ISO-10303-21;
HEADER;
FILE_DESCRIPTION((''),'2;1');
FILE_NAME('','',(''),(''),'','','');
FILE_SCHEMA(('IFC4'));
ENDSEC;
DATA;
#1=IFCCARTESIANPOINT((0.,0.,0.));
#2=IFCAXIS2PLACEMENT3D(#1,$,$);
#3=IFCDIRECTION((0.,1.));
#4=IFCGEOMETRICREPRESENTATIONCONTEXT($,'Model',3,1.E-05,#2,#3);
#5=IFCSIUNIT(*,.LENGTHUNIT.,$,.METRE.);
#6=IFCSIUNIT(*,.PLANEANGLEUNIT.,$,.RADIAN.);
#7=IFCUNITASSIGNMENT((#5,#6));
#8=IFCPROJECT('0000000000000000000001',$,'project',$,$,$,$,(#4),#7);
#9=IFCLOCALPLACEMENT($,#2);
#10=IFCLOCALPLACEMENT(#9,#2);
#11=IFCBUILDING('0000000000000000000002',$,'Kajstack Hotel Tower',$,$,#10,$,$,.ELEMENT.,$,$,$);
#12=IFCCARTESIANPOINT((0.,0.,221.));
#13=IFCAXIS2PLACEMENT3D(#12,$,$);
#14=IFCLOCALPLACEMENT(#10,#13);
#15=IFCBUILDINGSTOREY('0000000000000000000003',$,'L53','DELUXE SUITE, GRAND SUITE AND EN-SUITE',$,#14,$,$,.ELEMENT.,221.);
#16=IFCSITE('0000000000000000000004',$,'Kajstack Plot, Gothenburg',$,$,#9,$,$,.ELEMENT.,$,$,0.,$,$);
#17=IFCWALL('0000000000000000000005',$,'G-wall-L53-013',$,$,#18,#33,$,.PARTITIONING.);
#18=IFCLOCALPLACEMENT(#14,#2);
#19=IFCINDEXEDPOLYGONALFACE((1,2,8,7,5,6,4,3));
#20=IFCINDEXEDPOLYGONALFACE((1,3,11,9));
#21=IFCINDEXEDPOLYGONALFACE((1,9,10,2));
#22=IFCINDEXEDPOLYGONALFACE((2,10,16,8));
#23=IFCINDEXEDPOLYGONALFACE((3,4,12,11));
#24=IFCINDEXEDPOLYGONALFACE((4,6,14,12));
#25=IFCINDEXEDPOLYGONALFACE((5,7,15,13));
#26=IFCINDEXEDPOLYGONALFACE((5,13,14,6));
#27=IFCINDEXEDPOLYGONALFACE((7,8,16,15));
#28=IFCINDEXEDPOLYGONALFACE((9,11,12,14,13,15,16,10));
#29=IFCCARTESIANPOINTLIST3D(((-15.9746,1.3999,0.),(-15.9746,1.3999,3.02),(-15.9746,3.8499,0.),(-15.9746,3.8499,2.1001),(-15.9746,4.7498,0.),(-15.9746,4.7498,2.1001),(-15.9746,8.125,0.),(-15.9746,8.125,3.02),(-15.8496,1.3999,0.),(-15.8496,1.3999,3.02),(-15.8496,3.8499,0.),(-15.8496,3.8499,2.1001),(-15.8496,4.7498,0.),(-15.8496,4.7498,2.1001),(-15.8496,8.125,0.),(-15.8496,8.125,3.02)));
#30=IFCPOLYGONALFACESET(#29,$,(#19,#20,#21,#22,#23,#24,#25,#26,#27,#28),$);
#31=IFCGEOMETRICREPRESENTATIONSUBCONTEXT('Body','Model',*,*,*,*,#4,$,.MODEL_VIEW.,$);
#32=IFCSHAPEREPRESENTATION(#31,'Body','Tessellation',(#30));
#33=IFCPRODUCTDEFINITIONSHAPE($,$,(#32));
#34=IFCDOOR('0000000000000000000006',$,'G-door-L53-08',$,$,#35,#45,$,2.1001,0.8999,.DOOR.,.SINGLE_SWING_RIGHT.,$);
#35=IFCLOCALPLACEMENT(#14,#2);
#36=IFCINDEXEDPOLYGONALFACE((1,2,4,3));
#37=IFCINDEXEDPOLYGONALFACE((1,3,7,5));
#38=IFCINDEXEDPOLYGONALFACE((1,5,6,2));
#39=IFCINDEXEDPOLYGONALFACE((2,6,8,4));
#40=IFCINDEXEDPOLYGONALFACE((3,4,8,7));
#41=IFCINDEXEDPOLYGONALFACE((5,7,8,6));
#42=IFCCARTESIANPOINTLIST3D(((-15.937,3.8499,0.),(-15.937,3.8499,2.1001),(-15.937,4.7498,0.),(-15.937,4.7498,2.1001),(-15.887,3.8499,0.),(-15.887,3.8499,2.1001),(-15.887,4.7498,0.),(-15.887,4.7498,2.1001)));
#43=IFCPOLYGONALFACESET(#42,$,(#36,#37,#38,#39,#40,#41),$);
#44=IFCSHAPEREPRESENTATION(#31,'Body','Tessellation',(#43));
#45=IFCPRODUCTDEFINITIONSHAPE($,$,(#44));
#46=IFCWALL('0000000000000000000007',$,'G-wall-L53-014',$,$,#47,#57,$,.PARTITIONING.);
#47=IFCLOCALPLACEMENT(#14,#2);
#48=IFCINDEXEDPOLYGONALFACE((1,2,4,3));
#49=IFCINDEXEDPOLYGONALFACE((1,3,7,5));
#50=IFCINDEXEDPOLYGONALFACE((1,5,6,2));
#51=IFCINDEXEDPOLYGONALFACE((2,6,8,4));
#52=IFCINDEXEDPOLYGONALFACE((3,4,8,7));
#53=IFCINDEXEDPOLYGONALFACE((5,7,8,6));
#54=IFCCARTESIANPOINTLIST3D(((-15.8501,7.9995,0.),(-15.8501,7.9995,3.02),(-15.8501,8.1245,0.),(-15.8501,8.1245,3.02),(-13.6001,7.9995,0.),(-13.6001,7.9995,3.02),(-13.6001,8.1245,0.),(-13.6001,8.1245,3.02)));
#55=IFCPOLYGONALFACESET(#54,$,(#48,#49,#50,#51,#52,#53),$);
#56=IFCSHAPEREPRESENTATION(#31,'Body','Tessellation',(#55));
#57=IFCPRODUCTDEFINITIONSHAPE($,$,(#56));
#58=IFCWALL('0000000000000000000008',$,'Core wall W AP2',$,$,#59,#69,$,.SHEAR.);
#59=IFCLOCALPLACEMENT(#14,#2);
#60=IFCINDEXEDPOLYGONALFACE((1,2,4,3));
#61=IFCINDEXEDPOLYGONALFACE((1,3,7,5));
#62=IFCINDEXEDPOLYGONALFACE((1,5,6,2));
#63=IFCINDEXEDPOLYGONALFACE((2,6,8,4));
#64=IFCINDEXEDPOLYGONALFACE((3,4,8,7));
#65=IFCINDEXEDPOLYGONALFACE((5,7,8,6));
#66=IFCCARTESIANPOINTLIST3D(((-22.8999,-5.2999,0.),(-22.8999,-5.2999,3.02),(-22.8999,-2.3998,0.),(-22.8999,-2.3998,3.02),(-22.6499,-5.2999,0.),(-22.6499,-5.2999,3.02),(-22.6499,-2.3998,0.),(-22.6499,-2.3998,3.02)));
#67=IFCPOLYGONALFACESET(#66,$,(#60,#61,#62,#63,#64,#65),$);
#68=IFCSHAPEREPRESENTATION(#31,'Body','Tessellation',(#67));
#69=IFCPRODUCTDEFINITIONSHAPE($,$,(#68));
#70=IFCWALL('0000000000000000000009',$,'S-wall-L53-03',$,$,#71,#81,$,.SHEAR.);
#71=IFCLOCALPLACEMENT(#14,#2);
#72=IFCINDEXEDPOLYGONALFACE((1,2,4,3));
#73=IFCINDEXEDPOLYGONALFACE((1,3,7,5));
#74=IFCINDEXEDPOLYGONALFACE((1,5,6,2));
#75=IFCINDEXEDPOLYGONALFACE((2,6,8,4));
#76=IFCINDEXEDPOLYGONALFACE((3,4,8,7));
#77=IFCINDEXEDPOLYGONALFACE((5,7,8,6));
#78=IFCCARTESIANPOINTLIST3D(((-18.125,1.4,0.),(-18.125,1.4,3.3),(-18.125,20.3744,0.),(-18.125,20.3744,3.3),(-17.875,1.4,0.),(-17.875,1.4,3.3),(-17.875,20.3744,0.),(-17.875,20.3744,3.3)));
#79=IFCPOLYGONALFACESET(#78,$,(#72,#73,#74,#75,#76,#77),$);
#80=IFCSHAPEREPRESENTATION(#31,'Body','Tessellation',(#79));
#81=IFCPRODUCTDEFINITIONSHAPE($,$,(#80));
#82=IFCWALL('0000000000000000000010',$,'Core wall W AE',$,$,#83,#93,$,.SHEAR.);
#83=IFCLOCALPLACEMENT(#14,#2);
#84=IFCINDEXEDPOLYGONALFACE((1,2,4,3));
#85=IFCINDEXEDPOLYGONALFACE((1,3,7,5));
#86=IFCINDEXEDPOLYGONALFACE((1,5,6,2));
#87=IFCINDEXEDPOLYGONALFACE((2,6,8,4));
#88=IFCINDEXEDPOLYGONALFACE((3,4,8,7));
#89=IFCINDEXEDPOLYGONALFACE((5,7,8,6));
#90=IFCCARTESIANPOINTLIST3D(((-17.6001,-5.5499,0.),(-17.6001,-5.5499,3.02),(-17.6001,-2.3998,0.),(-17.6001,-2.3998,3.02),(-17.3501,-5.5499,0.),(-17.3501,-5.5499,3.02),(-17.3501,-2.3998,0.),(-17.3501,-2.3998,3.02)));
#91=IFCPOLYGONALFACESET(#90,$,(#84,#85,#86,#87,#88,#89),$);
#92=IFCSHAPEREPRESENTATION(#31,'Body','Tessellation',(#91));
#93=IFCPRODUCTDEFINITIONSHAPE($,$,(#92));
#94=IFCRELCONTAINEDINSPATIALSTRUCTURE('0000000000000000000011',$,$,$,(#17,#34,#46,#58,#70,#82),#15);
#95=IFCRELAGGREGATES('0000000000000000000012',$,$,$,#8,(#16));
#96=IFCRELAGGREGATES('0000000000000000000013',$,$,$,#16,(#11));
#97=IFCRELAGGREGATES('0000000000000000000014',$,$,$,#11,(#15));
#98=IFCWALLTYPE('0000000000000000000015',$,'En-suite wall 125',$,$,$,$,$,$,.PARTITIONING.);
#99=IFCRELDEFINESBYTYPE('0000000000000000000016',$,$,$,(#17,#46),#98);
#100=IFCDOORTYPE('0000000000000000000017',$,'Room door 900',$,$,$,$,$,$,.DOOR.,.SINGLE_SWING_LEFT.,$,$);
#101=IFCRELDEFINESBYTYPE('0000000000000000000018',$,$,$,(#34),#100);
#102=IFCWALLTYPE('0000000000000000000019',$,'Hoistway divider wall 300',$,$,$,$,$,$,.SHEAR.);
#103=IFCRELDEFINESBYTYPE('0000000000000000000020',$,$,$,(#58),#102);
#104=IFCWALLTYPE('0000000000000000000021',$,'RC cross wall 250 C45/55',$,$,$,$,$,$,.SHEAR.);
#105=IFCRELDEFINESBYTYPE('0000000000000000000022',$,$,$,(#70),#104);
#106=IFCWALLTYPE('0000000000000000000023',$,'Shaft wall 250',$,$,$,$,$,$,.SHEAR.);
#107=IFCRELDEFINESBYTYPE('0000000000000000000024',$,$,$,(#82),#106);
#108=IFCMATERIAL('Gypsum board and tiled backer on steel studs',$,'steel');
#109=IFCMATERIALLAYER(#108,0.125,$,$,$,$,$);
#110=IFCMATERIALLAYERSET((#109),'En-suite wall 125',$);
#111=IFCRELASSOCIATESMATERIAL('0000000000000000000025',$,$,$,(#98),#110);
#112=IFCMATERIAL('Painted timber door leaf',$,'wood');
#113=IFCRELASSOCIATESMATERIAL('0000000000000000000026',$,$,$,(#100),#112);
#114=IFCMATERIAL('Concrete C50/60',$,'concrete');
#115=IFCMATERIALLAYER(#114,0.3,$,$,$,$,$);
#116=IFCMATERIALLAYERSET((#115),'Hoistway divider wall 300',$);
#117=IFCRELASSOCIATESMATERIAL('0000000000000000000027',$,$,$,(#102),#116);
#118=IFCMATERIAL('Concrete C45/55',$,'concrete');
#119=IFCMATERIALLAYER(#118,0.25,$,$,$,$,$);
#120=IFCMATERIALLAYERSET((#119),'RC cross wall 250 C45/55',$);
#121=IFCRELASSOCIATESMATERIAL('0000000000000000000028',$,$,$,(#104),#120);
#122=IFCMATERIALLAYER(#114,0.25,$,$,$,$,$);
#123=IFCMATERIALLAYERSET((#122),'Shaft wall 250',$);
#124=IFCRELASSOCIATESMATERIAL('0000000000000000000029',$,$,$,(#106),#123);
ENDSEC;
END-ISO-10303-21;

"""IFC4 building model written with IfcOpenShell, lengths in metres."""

from ifc_helpers import new_model, si_unit, direction, frame, frame_2d, origin, place, context, subcontext, project, spatial, rectangle, extrude, material, layer, layer_set, type_object, element, fill, save


model = new_model("IFC4")

# Units and contexts
model_context = context("Model", 3, precision=1e-05, world=origin(), true_north=direction((0.0, 1.0)))
body_context = subcontext(model_context, "Body", "Model", "MODEL_VIEW")
ifc_project = project(units=[si_unit("LENGTHUNIT", "METRE"), si_unit("PLANEANGLEUNIT", "RADIAN")], contexts=[model_context])

# Site, building, storey
site_placement = place(None, origin())
site = spatial("IfcSite", under=ifc_project, at=site_placement, Name="Kajstack Plot, Gothenburg", CompositionType="ELEMENT", RefElevation=0.0)
building_placement = place(site_placement, origin())
building = spatial("IfcBuilding", under=site, at=building_placement, Name="Kajstack Hotel Tower", CompositionType="ELEMENT")
storey_placement = place(building_placement, frame((0.0, 0.0, 221.0)))
storey = spatial("IfcBuildingStorey", under=building, at=storey_placement, Name="L53", Description="DELUXE SUITE, GRAND SUITE AND EN-SUITE", CompositionType="ELEMENT", Elevation=221.0)

# Shared definitions
ifc_material_1 = material(Name="Gypsum board and tiled backer on steel studs", Category="steel")
ifc_layer_1 = layer(ifc_material_1, 0.125)
ifc_layer_set_1 = layer_set([ifc_layer_1], Name="En-suite wall 125")
wall_type_1 = type_object("IfcWallType", Name="En-suite wall 125", PredefinedType="PARTITIONING", material=ifc_layer_set_1)
ifc_material_2 = material(Name="Painted timber door leaf", Category="wood")
door_type_1 = type_object("IfcDoorType", Name="Room door 900", OperationType="SINGLE_SWING_LEFT", PredefinedType="DOOR", material=ifc_material_2)

# Wall, opening, door
wall_1_placement = place(storey_placement, frame((-15.9121, 1.3999, 0.0), z_axis=(0.0, 0.0, 1.0), x_axis=(0.0, 1.0, 0.0)))
wall_1 = element("IfcWall", 1, at=wall_1_placement, inside=storey, type_object=wall_type_1, Name="G-wall-L53-013", PredefinedType="PARTITIONING", context=body_context, shape_type="SweptSolid", body=[
    extrude(rectangle(XDim=6.7251, YDim=0.125, at=frame_2d((3.3625, 0.0))), origin(), (0.0, 0.0, 1.0), 3.02),
])
opening_1_placement = place(wall_1_placement, frame((2.45, 0.0, 0.0)))
opening_1 = element("IfcOpeningElement", 2, at=opening_1_placement, cuts=wall_1, PredefinedType="OPENING", context=body_context, shape_type="SweptSolid", body=[
    extrude(rectangle(XDim=0.8999, YDim=2.1001, at=frame_2d((0.45, 1.05))), frame((0.0, 0.0725, 0.0), z_axis=(0.0, -1.0, 0.0), x_axis=(1.0, 0.0, 0.0)), (0.0, 0.0, 1.0), 0.145),
])
door_1_placement = place(opening_1_placement, origin())
door_1 = element("IfcDoor", 3, at=door_1_placement, inside=storey, type_object=door_type_1, Name="G-door-L53-08", OperationType="SINGLE_SWING_RIGHT", OverallHeight=2.1001, OverallWidth=0.8999, PredefinedType="DOOR", context=body_context, shape_type="SweptSolid", body=[
    extrude(rectangle(XDim=0.8999, YDim=2.1001, at=frame_2d((0.45, 1.05))), frame((0.0, 0.0249, 0.0), z_axis=(0.0, -1.0, 0.0), x_axis=(1.0, 0.0, 0.0)), (0.0, 0.0, 1.0), 0.05),
])
fill(opening_1, door_1)

# Walls
wall_2_placement = place(storey_placement, frame((-15.8501, 8.062, 0.0), z_axis=(0.0, 0.0, 1.0), x_axis=(1.0, 0.0, 0.0)))
element("IfcWall", 4, at=wall_2_placement, inside=storey, type_object=wall_type_1, Name="G-wall-L53-014", PredefinedType="PARTITIONING", context=body_context, shape_type="SweptSolid", body=[
    extrude(rectangle(XDim=2.25, YDim=0.125, at=frame_2d((1.125, 0.0))), origin(), (0.0, 0.0, 1.0), 3.02),
])
ifc_material_3 = material(Name="Concrete C50/60", Category="concrete")
ifc_layer_2 = layer(ifc_material_3, 0.3)
ifc_layer_set_2 = layer_set([ifc_layer_2], Name="Hoistway divider wall 300")
wall_type_2 = type_object("IfcWallType", Name="Hoistway divider wall 300", PredefinedType="SHEAR", material=ifc_layer_set_2)
wall_3_placement = place(storey_placement, frame((-22.7749, -5.3, 0.0), z_axis=(0.0, 0.0, 1.0), x_axis=(0.0, 1.0, 0.0)))
element("IfcWall", 5, at=wall_3_placement, inside=storey, type_object=wall_type_2, Name="Core wall W AP2", PredefinedType="SHEAR", context=body_context, shape_type="SweptSolid", body=[
    extrude(rectangle(XDim=2.9001, YDim=0.25, at=frame_2d((1.4502, 0.0))), origin(), (0.0, 0.0, 1.0), 3.02),
])
ifc_material_4 = material(Name="Concrete C45/55", Category="concrete")
ifc_layer_3 = layer(ifc_material_4, 0.25)
ifc_layer_set_3 = layer_set([ifc_layer_3], Name="RC cross wall 250 C45/55")
wall_type_3 = type_object("IfcWallType", Name="RC cross wall 250 C45/55", PredefinedType="SHEAR", material=ifc_layer_set_3)
wall_4_placement = place(storey_placement, frame((-18.0, 1.3999, 0.0), z_axis=(0.0, 0.0, 1.0), x_axis=(0.0, 1.0, 0.0)))
element("IfcWall", 6, at=wall_4_placement, inside=storey, type_object=wall_type_3, Name="S-wall-L53-03", PredefinedType="SHEAR", context=body_context, shape_type="SweptSolid", body=[
    extrude(rectangle(XDim=18.9744, YDim=0.25, at=frame_2d((9.4873, 0.0))), origin(), (0.0, 0.0, 1.0), 3.3),
])
ifc_layer_4 = layer(ifc_material_3, 0.25)
ifc_layer_set_4 = layer_set([ifc_layer_4], Name="Shaft wall 250")
wall_type_4 = type_object("IfcWallType", Name="Shaft wall 250", PredefinedType="SHEAR", material=ifc_layer_set_4)
wall_5_placement = place(storey_placement, frame((-17.4751, -5.55, 0.0), z_axis=(0.0, 0.0, 1.0), x_axis=(0.0, 1.0, 0.0)))
element("IfcWall", 7, at=wall_5_placement, inside=storey, type_object=wall_type_4, Name="Core wall W AE", PredefinedType="SHEAR", context=body_context, shape_type="SweptSolid", body=[
    extrude(rectangle(XDim=3.1501, YDim=0.25, at=frame_2d((1.5752, 0.0))), origin(), (0.0, 0.0, 1.0), 3.02),
])

save(model, "model.ifc")
